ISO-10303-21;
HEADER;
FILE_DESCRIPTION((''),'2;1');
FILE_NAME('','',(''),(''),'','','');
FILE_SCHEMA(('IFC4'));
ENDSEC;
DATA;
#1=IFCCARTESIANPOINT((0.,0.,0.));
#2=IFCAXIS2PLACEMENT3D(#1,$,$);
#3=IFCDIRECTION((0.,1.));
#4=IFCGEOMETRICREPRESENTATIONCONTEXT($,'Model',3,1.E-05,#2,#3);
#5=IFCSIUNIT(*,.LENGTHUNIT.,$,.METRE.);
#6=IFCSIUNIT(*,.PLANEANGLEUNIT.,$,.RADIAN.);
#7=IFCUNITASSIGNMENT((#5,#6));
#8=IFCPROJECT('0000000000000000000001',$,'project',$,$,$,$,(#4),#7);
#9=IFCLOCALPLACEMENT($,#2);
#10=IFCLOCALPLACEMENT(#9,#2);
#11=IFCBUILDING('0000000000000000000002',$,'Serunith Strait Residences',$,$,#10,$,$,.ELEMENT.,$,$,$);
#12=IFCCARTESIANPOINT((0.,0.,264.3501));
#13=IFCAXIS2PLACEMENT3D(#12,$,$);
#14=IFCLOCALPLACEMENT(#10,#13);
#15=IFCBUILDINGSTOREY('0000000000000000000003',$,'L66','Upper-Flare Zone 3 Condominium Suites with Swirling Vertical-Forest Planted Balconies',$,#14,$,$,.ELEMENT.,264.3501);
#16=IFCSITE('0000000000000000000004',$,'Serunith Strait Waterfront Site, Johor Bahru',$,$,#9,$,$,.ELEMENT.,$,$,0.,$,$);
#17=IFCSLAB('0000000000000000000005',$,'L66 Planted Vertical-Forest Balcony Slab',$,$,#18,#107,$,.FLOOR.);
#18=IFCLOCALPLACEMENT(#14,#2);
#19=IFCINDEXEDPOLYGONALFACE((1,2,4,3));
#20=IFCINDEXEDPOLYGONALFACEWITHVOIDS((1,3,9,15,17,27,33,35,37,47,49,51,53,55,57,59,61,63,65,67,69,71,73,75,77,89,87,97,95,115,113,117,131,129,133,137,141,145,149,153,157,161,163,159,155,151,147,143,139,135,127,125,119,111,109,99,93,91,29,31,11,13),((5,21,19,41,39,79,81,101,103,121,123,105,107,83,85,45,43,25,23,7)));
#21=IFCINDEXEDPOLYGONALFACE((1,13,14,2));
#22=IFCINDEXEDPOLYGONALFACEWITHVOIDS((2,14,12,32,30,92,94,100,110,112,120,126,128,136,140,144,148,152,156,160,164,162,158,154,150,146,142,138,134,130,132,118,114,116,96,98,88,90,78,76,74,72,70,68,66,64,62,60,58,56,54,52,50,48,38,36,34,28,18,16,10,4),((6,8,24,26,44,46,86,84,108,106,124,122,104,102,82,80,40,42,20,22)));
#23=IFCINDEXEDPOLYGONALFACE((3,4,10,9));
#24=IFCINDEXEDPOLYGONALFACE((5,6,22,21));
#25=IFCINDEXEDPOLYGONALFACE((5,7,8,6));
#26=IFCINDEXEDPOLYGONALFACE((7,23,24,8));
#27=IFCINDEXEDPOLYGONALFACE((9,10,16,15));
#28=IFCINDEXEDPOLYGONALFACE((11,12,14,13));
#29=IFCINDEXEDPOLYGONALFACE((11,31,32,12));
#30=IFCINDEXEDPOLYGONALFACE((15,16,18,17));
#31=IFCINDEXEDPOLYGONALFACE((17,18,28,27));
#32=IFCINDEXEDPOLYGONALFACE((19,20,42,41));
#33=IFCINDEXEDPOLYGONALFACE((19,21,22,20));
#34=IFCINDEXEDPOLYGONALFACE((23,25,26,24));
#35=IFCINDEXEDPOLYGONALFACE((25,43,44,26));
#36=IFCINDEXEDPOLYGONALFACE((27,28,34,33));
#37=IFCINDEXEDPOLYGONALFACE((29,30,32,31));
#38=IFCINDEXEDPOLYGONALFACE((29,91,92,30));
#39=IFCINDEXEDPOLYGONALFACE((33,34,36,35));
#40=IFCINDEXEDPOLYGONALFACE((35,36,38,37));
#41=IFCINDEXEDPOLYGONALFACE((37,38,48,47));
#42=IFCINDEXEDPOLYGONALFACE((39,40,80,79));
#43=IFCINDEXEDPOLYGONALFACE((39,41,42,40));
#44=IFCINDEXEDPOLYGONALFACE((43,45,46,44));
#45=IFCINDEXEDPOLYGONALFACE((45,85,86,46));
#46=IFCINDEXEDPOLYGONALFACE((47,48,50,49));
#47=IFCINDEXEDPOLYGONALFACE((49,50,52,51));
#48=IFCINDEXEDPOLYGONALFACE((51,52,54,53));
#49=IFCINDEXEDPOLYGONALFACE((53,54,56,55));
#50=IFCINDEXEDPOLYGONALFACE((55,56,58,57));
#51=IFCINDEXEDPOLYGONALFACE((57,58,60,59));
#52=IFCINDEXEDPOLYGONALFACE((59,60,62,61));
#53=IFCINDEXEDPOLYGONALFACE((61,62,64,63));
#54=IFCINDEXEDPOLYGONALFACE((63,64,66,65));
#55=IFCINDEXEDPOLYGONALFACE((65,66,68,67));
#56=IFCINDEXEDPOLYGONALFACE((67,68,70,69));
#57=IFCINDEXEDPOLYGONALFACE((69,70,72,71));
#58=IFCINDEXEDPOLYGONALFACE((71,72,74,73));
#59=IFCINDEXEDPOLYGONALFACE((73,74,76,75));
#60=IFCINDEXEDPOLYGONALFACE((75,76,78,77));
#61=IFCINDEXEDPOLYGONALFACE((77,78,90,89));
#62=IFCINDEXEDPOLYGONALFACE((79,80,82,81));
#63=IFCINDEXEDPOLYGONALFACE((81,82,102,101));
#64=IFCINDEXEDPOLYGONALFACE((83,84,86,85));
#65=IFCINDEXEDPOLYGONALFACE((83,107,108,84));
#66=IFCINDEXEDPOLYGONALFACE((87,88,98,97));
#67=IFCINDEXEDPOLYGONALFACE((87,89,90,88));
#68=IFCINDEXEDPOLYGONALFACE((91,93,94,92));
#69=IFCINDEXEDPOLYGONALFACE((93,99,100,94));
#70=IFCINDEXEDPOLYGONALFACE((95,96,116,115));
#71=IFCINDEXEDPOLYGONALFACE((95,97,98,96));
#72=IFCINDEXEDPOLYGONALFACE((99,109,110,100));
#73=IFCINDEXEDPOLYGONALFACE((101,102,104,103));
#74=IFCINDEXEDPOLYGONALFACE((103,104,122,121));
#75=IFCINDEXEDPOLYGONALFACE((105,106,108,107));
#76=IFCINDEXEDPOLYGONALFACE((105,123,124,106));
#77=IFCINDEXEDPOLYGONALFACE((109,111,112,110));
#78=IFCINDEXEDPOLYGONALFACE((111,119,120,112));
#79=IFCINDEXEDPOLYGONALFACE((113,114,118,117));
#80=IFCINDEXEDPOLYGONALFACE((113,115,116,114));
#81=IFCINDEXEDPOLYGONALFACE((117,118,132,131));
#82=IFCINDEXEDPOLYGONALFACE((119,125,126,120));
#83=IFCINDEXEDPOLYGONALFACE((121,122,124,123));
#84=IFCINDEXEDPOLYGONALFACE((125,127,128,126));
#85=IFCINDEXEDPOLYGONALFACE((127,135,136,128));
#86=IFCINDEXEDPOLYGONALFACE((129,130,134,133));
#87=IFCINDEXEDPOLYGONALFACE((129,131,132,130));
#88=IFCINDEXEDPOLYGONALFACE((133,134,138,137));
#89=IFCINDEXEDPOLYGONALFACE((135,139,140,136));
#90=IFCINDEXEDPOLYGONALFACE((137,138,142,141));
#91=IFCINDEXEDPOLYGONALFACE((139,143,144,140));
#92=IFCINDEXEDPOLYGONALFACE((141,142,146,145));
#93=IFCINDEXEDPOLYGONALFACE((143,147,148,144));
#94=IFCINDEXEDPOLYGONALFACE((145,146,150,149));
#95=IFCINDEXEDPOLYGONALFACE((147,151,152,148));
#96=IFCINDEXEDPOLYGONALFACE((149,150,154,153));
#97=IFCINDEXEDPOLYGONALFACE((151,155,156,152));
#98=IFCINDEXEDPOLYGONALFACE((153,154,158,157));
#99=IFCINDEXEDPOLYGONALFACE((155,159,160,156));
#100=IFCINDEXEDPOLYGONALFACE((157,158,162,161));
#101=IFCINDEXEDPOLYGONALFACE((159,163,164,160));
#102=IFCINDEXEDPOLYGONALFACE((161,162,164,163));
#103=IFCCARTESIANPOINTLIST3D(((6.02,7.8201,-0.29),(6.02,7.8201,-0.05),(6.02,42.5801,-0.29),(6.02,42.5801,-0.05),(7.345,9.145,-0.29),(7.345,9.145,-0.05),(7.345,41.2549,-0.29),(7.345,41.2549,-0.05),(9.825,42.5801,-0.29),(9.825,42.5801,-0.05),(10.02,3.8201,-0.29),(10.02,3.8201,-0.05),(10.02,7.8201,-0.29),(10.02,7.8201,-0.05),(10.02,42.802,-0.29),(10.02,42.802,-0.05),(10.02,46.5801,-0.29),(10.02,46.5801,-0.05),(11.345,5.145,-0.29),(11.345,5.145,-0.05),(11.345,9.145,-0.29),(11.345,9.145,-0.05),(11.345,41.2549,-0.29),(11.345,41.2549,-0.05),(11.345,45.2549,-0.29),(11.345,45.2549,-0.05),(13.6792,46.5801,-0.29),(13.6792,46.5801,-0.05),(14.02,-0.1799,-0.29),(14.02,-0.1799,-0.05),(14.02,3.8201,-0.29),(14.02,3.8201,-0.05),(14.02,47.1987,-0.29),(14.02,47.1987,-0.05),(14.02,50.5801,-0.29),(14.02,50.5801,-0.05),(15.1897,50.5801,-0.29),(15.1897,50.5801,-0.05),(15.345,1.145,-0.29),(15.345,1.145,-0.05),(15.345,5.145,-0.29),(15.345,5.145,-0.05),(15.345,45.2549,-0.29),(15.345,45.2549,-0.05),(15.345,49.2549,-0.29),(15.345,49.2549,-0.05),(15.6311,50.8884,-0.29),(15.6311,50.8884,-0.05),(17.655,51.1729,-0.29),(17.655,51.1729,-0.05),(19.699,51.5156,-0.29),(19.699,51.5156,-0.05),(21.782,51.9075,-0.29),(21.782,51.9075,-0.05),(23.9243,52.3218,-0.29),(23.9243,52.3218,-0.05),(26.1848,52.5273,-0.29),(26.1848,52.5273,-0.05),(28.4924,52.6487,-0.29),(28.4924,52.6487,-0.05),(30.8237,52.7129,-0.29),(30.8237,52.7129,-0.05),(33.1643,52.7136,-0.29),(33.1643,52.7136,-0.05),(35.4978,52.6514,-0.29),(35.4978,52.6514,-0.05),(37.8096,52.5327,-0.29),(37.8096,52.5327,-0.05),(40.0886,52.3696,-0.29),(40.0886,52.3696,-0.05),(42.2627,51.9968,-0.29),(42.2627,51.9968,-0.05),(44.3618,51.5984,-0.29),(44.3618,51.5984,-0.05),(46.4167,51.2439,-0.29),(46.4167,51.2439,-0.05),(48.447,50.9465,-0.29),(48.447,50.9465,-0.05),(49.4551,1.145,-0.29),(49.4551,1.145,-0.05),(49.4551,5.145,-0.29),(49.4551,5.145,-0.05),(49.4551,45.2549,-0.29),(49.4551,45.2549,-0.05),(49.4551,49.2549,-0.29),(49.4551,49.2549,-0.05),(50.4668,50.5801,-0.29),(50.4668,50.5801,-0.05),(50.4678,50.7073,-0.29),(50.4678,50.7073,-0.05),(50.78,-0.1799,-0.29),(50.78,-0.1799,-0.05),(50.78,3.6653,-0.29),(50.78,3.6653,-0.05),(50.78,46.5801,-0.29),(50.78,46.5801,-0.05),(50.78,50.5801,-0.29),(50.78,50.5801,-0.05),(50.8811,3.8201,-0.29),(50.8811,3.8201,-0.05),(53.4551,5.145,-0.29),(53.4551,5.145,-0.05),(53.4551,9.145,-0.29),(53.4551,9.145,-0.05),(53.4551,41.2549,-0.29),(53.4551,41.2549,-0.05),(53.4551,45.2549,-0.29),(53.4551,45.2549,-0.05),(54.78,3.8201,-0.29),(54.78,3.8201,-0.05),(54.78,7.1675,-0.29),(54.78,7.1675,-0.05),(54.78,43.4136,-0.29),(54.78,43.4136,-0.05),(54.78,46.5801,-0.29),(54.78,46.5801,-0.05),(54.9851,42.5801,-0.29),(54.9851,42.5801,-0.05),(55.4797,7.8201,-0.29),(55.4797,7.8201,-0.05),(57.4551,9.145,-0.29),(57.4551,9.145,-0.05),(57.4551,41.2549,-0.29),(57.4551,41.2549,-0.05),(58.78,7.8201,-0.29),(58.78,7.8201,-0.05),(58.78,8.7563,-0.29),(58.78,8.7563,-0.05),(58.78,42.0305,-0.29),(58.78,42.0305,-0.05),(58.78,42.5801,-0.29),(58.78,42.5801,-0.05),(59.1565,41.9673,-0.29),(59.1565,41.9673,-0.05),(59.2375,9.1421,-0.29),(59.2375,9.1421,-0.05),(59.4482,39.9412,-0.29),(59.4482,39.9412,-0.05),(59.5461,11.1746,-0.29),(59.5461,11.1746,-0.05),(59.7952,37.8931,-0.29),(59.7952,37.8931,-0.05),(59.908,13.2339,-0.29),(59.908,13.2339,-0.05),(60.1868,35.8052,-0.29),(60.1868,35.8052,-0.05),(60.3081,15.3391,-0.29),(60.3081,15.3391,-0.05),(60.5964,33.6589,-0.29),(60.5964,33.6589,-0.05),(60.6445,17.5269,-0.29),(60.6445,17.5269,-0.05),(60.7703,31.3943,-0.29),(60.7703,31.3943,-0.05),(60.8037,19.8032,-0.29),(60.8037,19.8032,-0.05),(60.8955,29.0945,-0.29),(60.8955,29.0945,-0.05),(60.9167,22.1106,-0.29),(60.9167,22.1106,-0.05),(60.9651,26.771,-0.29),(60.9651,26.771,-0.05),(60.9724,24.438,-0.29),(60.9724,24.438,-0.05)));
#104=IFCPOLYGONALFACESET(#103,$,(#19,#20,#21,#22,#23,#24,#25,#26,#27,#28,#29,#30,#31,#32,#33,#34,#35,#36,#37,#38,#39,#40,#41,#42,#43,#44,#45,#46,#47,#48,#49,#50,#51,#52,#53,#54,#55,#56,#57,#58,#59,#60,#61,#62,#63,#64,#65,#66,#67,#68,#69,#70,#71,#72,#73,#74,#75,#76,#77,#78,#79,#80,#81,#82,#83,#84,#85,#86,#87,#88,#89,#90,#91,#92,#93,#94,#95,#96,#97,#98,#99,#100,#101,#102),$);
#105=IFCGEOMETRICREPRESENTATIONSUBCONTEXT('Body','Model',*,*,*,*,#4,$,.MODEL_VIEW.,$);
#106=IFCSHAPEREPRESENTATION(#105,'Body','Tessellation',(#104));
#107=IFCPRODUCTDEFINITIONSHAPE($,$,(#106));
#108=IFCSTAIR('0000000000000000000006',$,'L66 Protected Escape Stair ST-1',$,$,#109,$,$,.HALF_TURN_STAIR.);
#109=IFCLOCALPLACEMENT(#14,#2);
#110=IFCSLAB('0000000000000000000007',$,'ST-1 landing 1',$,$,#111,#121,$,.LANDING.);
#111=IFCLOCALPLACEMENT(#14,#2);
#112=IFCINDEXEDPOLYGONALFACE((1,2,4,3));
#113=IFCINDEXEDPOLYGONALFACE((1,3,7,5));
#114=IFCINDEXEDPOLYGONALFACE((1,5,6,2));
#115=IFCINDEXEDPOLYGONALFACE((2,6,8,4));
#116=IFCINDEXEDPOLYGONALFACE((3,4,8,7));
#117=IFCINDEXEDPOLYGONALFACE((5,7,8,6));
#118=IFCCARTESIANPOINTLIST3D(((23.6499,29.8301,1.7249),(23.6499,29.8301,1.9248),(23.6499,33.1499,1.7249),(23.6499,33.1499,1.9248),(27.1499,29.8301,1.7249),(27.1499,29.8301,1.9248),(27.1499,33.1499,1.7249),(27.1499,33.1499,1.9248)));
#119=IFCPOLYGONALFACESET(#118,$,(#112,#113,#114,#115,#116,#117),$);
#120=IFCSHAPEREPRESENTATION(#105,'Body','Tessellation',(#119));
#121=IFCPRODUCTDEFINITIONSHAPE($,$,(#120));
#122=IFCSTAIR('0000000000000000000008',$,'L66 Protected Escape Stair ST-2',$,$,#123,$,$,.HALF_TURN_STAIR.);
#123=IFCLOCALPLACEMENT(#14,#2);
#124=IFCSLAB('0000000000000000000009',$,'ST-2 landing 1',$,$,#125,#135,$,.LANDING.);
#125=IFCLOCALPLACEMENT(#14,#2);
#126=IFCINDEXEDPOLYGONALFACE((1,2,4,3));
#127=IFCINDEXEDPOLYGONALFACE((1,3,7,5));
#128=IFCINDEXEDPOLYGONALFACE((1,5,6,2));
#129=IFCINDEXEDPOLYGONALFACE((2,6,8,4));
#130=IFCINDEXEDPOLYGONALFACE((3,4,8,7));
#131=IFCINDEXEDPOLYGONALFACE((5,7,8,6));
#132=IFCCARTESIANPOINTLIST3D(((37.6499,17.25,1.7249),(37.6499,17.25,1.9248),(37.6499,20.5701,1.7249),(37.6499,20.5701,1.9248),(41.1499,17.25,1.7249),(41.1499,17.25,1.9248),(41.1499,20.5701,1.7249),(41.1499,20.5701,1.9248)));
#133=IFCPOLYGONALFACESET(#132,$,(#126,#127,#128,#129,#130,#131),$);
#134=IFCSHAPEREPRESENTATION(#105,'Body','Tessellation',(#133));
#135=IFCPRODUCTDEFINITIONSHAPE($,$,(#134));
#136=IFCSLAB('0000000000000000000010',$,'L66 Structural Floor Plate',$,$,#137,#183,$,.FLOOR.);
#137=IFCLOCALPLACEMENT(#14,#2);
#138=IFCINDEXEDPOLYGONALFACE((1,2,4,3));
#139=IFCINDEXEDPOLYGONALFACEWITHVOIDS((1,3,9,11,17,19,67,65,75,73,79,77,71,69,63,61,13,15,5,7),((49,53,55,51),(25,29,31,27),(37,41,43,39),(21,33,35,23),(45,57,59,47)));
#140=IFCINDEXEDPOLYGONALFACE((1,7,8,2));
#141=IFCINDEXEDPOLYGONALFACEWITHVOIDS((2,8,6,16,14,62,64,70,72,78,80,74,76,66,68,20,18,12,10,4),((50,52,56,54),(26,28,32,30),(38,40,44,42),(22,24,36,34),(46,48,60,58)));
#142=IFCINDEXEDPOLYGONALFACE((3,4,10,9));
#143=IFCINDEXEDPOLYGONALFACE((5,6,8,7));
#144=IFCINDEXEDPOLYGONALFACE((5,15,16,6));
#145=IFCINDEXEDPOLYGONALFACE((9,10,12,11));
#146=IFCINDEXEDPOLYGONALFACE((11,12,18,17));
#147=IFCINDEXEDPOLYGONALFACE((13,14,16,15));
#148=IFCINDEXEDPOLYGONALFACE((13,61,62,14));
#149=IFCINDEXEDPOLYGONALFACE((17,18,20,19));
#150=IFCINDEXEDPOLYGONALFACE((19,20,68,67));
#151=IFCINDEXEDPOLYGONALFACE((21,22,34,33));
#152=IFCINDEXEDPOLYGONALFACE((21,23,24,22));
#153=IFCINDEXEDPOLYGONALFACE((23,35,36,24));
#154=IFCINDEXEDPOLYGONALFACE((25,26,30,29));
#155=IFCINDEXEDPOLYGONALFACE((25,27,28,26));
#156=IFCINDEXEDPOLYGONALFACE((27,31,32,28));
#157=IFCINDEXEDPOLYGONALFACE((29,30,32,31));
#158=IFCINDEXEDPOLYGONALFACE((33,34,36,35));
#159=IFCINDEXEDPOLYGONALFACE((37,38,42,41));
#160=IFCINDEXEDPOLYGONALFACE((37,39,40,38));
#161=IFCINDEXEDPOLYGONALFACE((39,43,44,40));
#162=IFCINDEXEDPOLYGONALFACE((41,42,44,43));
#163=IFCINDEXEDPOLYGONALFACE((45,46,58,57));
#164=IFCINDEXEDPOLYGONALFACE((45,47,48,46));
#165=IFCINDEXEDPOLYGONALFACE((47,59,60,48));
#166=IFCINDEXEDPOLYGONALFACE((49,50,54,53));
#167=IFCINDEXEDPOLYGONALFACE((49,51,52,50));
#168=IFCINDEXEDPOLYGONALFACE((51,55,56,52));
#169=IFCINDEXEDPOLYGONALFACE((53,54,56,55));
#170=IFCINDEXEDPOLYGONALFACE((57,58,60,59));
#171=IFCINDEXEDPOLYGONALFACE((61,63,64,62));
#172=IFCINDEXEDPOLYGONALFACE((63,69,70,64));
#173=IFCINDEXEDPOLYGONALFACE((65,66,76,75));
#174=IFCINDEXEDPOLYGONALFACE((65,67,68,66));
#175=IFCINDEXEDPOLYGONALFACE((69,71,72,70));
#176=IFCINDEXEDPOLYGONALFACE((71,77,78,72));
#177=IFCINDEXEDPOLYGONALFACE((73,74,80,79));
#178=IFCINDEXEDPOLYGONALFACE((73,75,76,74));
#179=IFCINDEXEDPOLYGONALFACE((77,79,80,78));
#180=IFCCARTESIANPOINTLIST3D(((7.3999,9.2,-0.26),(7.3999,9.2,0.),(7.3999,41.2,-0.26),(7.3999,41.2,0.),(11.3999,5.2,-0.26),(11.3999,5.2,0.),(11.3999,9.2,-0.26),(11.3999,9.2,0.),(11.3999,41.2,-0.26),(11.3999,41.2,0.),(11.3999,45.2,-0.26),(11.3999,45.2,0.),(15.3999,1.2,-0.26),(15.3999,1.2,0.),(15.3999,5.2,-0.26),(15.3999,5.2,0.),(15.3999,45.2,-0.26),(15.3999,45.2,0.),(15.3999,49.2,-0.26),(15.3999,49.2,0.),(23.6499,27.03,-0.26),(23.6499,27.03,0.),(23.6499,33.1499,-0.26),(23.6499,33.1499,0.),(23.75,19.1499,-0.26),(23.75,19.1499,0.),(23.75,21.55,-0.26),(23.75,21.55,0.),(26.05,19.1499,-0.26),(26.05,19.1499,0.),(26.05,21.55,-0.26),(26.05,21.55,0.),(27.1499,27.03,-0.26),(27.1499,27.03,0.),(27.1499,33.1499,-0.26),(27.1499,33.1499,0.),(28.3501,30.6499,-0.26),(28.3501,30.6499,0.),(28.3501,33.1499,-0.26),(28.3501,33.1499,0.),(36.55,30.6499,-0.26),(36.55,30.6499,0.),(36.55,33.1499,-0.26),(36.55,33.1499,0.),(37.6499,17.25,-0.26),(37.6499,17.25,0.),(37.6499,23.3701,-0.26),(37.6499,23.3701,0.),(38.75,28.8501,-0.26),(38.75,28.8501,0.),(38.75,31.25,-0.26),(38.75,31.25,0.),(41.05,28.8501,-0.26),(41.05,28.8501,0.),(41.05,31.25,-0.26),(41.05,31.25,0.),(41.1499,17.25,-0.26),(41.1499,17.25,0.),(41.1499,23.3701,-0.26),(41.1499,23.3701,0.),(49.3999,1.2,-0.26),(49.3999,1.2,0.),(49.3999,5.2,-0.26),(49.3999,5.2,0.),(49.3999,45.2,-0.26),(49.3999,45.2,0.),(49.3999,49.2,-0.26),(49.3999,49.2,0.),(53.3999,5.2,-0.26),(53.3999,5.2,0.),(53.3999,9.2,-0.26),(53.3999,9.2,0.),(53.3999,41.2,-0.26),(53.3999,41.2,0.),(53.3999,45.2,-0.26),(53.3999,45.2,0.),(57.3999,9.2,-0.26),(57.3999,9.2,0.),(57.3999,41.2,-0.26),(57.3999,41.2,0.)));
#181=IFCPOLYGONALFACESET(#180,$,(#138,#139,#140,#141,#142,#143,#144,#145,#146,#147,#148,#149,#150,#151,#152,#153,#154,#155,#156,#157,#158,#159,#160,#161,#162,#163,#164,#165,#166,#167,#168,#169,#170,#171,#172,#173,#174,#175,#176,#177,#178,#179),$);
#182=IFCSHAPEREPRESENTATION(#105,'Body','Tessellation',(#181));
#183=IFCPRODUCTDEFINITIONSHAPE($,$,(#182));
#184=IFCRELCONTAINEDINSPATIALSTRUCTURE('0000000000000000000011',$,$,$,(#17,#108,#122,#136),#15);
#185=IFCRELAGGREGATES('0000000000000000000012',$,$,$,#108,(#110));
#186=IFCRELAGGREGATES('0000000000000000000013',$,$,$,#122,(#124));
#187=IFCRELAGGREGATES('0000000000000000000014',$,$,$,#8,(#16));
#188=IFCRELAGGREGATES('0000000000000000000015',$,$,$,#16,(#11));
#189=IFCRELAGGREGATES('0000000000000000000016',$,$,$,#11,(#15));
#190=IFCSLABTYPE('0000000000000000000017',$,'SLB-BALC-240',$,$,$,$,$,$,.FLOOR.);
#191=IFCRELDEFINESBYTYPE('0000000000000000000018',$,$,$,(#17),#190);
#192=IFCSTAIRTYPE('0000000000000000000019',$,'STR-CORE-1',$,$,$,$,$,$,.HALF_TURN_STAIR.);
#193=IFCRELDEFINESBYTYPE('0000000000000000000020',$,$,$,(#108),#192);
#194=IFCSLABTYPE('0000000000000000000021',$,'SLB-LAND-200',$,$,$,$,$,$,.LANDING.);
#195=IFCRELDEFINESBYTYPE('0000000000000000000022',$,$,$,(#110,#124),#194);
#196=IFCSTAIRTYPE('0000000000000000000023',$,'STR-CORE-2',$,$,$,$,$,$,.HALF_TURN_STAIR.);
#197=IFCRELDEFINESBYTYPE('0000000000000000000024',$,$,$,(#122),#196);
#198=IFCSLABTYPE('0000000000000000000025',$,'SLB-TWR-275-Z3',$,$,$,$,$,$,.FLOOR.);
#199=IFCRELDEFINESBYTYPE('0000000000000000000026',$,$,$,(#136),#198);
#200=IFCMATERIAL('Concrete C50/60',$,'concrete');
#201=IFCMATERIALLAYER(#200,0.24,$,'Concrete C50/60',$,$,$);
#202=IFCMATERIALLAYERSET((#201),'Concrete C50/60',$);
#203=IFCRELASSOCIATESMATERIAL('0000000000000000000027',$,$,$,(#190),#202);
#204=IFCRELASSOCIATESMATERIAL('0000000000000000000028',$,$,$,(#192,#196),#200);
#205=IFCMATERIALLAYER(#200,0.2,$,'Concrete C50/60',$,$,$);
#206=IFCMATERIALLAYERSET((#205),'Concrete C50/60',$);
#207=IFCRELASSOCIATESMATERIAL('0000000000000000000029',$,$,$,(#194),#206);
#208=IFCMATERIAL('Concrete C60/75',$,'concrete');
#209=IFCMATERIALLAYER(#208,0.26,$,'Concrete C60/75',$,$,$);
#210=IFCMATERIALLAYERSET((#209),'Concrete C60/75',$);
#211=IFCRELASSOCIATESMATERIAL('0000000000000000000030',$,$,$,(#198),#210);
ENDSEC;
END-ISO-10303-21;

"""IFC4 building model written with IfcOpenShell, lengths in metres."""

from ifc_helpers import new_model, si_unit, direction, frame, origin, place, context, subcontext, project, spatial, polyline, outline, extrude, material, layer, layer_set, type_object, element, aggregate, save


model = new_model("IFC4")

# Units and contexts
model_context = context("Model", 3, precision=1e-05, world=origin(), true_north=direction((0.0, 1.0)))
body_context = subcontext(model_context, "Body", "Model", "MODEL_VIEW")
ifc_project = project(units=[si_unit("LENGTHUNIT", "METRE"), si_unit("PLANEANGLEUNIT", "RADIAN")], contexts=[model_context])

# Site, building, storey
site_placement = place(None, origin())
site = spatial("IfcSite", under=ifc_project, at=site_placement, Name="Serunith Strait Waterfront Site, Johor Bahru", CompositionType="ELEMENT", RefElevation=0.0)
building_placement = place(site_placement, origin())
building = spatial("IfcBuilding", under=site, at=building_placement, Name="Serunith Strait Residences", CompositionType="ELEMENT")
storey_placement = place(building_placement, frame((0.0, 0.0, 264.3501)))
storey = spatial("IfcBuildingStorey", under=building, at=storey_placement, Name="L66", Description="Upper-Flare Zone 3 Condominium Suites with Swirling Vertical-Forest Planted Balconies", CompositionType="ELEMENT", Elevation=264.3501)

# Slab
ifc_material_1 = material(Name="Concrete C50/60", Category="concrete")
ifc_layer_1 = layer(ifc_material_1, 0.24, Name="Concrete C50/60")
ifc_layer_set_1 = layer_set([ifc_layer_1], Name="Concrete C50/60")
slab_type_1 = type_object("IfcSlabType", Name="SLB-BALC-240", PredefinedType="FLOOR", material=ifc_layer_set_1)
slab_1_placement = place(storey_placement, frame((0.0, 0.0, -0.29)))
element("IfcSlab", 1, at=slab_1_placement, inside=storey, type_object=slab_type_1, Name="L66 Planted Vertical-Forest Balcony Slab", PredefinedType="FLOOR", context=body_context, shape_type="SweptSolid", body=[
    extrude(outline(polyline([(10.02, 46.5801), (13.6792, 46.5801), (14.02, 47.1987), (14.02, 50.5801), (15.1897, 50.5801), (15.6311, 50.8884), (17.655, 51.1729), (19.699, 51.5156), (21.782, 51.9075), (23.9243, 52.3218), (26.1848, 52.5273), (28.4924, 52.6487), (30.8237, 52.7129), (33.1643, 52.7136), (35.4978, 52.6514), (37.8096, 52.5327), (40.0886, 52.3696), (42.2627, 51.9968), (44.3618, 51.5984), (46.4167, 51.2439), (48.447, 50.9465), (50.4678, 50.7073), (50.4668, 50.5801), (50.78, 50.5801), (50.78, 46.5801), (54.78, 46.5801), (54.78, 43.4136), (54.9851, 42.5801), (58.78, 42.5801), (58.78, 42.0305), (59.1565, 41.9673), (59.4482, 39.9412), (59.7952, 37.8931), (60.1868, 35.8052), (60.5964, 33.6589), (60.7703, 31.3943), (60.8955, 29.0945), (60.9651, 26.771), (60.9724, 24.438), (60.9167, 22.1106), (60.8037, 19.8032), (60.6445, 17.5269), (60.3081, 15.3391), (59.908, 13.2339), (59.5461, 11.1746), (59.2375, 9.1421), (58.78, 8.7563), (58.78, 7.8201), (55.4797, 7.8201), (54.78, 7.1675), (54.78, 3.8201), (50.8811, 3.8201), (50.78, 3.6653), (50.78, -0.1799), (14.02, -0.1799), (14.02, 3.8201), (10.02, 3.8201), (10.02, 7.8201), (6.02, 7.8201), (6.02, 42.5801), (9.825, 42.5801), (10.02, 42.802), (10.02, 46.5801)]), holes=[polyline([(49.4551, 1.145), (49.4551, 5.145), (53.4551, 5.145), (53.4551, 9.145), (57.4551, 9.145), (57.4551, 41.2549), (53.4551, 41.2549), (53.4551, 45.2549), (49.4551, 45.2549), (49.4551, 49.2549), (15.345, 49.2549), (15.345, 45.2549), (11.345, 45.2549), (11.345, 41.2549), (7.345, 41.2549), (7.345, 9.145), (11.345, 9.145), (11.345, 5.145), (15.345, 5.145), (15.345, 1.145), (49.4551, 1.145)])]), origin(), (0.0, 0.0, 1.0), 0.24),
])

# Stairs, slabs
stair_type_1 = type_object("IfcStairType", Name="STR-CORE-1", PredefinedType="HALF_TURN_STAIR", material=ifc_material_1)
stair_1_placement = place(storey_placement, origin())
stair_1 = element("IfcStair", 2, at=stair_1_placement, inside=storey, type_object=stair_type_1, Name="L66 Protected Escape Stair ST-1", PredefinedType="HALF_TURN_STAIR")
ifc_layer_2 = layer(ifc_material_1, 0.2, Name="Concrete C50/60")
ifc_layer_set_2 = layer_set([ifc_layer_2], Name="Concrete C50/60")
slab_type_2 = type_object("IfcSlabType", Name="SLB-LAND-200", PredefinedType="LANDING", material=ifc_layer_set_2)
slab_2_placement = place(storey_placement, frame((0.0, 0.0, 1.7249)))
slab_2 = element("IfcSlab", 3, at=slab_2_placement, type_object=slab_type_2, Name="ST-1 landing 1", PredefinedType="LANDING", context=body_context, shape_type="SweptSolid", body=[
    extrude(outline(polyline([(27.1499, 29.8301), (27.1499, 33.1499), (23.6499, 33.1499), (23.6499, 29.8301), (27.1499, 29.8301)])), origin(), (0.0, 0.0, 1.0), 0.2),
])
aggregate(stair_1, [slab_2])
stair_type_2 = type_object("IfcStairType", Name="STR-CORE-2", PredefinedType="HALF_TURN_STAIR", material=ifc_material_1)
stair_2_placement = place(storey_placement, origin())
stair_2 = element("IfcStair", 4, at=stair_2_placement, inside=storey, type_object=stair_type_2, Name="L66 Protected Escape Stair ST-2", PredefinedType="HALF_TURN_STAIR")
slab_3_placement = place(storey_placement, frame((0.0, 0.0, 1.7249)))
slab_3 = element("IfcSlab", 5, at=slab_3_placement, type_object=slab_type_2, Name="ST-2 landing 1", PredefinedType="LANDING", context=body_context, shape_type="SweptSolid", body=[
    extrude(outline(polyline([(37.6499, 20.5701), (37.6499, 17.25), (41.1499, 17.25), (41.1499, 20.5701), (37.6499, 20.5701)])), origin(), (0.0, 0.0, 1.0), 0.2),
])
aggregate(stair_2, [slab_3])

# Slab
ifc_material_2 = material(Name="Concrete C60/75", Category="concrete")
ifc_layer_3 = layer(ifc_material_2, 0.26, Name="Concrete C60/75")
ifc_layer_set_3 = layer_set([ifc_layer_3], Name="Concrete C60/75")
slab_type_3 = type_object("IfcSlabType", Name="SLB-TWR-275-Z3", PredefinedType="FLOOR", material=ifc_layer_set_3)
slab_4_placement = place(storey_placement, frame((0.0, 0.0, -0.26)))
element("IfcSlab", 6, at=slab_4_placement, inside=storey, type_object=slab_type_3, Name="L66 Structural Floor Plate", PredefinedType="FLOOR", context=body_context, shape_type="SweptSolid", body=[
    extrude(outline(polyline([(15.3999, 5.2), (11.3999, 5.2), (11.3999, 9.2), (7.3999, 9.2), (7.3999, 41.2), (11.3999, 41.2), (11.3999, 45.2), (15.3999, 45.2), (15.3999, 49.2), (49.3999, 49.2), (49.3999, 45.2), (53.3999, 45.2), (53.3999, 41.2), (57.3999, 41.2), (57.3999, 9.2), (53.3999, 9.2), (53.3999, 5.2), (49.3999, 5.2), (49.3999, 1.2), (15.3999, 1.2), (15.3999, 5.2)]), holes=[polyline([(41.1499, 23.3701), (37.6499, 23.3701), (37.6499, 17.25), (41.1499, 17.25), (41.1499, 23.3701)]), polyline([(38.75, 31.25), (38.75, 28.8501), (41.05, 28.8501), (41.05, 31.25), (38.75, 31.25)]), polyline([(36.55, 33.1499), (28.3501, 33.1499), (28.3501, 30.6499), (36.55, 30.6499), (36.55, 33.1499)]), polyline([(23.6499, 33.1499), (23.6499, 27.03), (27.1499, 27.03), (27.1499, 33.1499), (23.6499, 33.1499)]), polyline([(23.75, 21.55), (23.75, 19.1499), (26.05, 19.1499), (26.05, 21.55), (23.75, 21.55)])]), origin(), (0.0, 0.0, 1.0), 0.26),
])

save(model, "model.ifc")
